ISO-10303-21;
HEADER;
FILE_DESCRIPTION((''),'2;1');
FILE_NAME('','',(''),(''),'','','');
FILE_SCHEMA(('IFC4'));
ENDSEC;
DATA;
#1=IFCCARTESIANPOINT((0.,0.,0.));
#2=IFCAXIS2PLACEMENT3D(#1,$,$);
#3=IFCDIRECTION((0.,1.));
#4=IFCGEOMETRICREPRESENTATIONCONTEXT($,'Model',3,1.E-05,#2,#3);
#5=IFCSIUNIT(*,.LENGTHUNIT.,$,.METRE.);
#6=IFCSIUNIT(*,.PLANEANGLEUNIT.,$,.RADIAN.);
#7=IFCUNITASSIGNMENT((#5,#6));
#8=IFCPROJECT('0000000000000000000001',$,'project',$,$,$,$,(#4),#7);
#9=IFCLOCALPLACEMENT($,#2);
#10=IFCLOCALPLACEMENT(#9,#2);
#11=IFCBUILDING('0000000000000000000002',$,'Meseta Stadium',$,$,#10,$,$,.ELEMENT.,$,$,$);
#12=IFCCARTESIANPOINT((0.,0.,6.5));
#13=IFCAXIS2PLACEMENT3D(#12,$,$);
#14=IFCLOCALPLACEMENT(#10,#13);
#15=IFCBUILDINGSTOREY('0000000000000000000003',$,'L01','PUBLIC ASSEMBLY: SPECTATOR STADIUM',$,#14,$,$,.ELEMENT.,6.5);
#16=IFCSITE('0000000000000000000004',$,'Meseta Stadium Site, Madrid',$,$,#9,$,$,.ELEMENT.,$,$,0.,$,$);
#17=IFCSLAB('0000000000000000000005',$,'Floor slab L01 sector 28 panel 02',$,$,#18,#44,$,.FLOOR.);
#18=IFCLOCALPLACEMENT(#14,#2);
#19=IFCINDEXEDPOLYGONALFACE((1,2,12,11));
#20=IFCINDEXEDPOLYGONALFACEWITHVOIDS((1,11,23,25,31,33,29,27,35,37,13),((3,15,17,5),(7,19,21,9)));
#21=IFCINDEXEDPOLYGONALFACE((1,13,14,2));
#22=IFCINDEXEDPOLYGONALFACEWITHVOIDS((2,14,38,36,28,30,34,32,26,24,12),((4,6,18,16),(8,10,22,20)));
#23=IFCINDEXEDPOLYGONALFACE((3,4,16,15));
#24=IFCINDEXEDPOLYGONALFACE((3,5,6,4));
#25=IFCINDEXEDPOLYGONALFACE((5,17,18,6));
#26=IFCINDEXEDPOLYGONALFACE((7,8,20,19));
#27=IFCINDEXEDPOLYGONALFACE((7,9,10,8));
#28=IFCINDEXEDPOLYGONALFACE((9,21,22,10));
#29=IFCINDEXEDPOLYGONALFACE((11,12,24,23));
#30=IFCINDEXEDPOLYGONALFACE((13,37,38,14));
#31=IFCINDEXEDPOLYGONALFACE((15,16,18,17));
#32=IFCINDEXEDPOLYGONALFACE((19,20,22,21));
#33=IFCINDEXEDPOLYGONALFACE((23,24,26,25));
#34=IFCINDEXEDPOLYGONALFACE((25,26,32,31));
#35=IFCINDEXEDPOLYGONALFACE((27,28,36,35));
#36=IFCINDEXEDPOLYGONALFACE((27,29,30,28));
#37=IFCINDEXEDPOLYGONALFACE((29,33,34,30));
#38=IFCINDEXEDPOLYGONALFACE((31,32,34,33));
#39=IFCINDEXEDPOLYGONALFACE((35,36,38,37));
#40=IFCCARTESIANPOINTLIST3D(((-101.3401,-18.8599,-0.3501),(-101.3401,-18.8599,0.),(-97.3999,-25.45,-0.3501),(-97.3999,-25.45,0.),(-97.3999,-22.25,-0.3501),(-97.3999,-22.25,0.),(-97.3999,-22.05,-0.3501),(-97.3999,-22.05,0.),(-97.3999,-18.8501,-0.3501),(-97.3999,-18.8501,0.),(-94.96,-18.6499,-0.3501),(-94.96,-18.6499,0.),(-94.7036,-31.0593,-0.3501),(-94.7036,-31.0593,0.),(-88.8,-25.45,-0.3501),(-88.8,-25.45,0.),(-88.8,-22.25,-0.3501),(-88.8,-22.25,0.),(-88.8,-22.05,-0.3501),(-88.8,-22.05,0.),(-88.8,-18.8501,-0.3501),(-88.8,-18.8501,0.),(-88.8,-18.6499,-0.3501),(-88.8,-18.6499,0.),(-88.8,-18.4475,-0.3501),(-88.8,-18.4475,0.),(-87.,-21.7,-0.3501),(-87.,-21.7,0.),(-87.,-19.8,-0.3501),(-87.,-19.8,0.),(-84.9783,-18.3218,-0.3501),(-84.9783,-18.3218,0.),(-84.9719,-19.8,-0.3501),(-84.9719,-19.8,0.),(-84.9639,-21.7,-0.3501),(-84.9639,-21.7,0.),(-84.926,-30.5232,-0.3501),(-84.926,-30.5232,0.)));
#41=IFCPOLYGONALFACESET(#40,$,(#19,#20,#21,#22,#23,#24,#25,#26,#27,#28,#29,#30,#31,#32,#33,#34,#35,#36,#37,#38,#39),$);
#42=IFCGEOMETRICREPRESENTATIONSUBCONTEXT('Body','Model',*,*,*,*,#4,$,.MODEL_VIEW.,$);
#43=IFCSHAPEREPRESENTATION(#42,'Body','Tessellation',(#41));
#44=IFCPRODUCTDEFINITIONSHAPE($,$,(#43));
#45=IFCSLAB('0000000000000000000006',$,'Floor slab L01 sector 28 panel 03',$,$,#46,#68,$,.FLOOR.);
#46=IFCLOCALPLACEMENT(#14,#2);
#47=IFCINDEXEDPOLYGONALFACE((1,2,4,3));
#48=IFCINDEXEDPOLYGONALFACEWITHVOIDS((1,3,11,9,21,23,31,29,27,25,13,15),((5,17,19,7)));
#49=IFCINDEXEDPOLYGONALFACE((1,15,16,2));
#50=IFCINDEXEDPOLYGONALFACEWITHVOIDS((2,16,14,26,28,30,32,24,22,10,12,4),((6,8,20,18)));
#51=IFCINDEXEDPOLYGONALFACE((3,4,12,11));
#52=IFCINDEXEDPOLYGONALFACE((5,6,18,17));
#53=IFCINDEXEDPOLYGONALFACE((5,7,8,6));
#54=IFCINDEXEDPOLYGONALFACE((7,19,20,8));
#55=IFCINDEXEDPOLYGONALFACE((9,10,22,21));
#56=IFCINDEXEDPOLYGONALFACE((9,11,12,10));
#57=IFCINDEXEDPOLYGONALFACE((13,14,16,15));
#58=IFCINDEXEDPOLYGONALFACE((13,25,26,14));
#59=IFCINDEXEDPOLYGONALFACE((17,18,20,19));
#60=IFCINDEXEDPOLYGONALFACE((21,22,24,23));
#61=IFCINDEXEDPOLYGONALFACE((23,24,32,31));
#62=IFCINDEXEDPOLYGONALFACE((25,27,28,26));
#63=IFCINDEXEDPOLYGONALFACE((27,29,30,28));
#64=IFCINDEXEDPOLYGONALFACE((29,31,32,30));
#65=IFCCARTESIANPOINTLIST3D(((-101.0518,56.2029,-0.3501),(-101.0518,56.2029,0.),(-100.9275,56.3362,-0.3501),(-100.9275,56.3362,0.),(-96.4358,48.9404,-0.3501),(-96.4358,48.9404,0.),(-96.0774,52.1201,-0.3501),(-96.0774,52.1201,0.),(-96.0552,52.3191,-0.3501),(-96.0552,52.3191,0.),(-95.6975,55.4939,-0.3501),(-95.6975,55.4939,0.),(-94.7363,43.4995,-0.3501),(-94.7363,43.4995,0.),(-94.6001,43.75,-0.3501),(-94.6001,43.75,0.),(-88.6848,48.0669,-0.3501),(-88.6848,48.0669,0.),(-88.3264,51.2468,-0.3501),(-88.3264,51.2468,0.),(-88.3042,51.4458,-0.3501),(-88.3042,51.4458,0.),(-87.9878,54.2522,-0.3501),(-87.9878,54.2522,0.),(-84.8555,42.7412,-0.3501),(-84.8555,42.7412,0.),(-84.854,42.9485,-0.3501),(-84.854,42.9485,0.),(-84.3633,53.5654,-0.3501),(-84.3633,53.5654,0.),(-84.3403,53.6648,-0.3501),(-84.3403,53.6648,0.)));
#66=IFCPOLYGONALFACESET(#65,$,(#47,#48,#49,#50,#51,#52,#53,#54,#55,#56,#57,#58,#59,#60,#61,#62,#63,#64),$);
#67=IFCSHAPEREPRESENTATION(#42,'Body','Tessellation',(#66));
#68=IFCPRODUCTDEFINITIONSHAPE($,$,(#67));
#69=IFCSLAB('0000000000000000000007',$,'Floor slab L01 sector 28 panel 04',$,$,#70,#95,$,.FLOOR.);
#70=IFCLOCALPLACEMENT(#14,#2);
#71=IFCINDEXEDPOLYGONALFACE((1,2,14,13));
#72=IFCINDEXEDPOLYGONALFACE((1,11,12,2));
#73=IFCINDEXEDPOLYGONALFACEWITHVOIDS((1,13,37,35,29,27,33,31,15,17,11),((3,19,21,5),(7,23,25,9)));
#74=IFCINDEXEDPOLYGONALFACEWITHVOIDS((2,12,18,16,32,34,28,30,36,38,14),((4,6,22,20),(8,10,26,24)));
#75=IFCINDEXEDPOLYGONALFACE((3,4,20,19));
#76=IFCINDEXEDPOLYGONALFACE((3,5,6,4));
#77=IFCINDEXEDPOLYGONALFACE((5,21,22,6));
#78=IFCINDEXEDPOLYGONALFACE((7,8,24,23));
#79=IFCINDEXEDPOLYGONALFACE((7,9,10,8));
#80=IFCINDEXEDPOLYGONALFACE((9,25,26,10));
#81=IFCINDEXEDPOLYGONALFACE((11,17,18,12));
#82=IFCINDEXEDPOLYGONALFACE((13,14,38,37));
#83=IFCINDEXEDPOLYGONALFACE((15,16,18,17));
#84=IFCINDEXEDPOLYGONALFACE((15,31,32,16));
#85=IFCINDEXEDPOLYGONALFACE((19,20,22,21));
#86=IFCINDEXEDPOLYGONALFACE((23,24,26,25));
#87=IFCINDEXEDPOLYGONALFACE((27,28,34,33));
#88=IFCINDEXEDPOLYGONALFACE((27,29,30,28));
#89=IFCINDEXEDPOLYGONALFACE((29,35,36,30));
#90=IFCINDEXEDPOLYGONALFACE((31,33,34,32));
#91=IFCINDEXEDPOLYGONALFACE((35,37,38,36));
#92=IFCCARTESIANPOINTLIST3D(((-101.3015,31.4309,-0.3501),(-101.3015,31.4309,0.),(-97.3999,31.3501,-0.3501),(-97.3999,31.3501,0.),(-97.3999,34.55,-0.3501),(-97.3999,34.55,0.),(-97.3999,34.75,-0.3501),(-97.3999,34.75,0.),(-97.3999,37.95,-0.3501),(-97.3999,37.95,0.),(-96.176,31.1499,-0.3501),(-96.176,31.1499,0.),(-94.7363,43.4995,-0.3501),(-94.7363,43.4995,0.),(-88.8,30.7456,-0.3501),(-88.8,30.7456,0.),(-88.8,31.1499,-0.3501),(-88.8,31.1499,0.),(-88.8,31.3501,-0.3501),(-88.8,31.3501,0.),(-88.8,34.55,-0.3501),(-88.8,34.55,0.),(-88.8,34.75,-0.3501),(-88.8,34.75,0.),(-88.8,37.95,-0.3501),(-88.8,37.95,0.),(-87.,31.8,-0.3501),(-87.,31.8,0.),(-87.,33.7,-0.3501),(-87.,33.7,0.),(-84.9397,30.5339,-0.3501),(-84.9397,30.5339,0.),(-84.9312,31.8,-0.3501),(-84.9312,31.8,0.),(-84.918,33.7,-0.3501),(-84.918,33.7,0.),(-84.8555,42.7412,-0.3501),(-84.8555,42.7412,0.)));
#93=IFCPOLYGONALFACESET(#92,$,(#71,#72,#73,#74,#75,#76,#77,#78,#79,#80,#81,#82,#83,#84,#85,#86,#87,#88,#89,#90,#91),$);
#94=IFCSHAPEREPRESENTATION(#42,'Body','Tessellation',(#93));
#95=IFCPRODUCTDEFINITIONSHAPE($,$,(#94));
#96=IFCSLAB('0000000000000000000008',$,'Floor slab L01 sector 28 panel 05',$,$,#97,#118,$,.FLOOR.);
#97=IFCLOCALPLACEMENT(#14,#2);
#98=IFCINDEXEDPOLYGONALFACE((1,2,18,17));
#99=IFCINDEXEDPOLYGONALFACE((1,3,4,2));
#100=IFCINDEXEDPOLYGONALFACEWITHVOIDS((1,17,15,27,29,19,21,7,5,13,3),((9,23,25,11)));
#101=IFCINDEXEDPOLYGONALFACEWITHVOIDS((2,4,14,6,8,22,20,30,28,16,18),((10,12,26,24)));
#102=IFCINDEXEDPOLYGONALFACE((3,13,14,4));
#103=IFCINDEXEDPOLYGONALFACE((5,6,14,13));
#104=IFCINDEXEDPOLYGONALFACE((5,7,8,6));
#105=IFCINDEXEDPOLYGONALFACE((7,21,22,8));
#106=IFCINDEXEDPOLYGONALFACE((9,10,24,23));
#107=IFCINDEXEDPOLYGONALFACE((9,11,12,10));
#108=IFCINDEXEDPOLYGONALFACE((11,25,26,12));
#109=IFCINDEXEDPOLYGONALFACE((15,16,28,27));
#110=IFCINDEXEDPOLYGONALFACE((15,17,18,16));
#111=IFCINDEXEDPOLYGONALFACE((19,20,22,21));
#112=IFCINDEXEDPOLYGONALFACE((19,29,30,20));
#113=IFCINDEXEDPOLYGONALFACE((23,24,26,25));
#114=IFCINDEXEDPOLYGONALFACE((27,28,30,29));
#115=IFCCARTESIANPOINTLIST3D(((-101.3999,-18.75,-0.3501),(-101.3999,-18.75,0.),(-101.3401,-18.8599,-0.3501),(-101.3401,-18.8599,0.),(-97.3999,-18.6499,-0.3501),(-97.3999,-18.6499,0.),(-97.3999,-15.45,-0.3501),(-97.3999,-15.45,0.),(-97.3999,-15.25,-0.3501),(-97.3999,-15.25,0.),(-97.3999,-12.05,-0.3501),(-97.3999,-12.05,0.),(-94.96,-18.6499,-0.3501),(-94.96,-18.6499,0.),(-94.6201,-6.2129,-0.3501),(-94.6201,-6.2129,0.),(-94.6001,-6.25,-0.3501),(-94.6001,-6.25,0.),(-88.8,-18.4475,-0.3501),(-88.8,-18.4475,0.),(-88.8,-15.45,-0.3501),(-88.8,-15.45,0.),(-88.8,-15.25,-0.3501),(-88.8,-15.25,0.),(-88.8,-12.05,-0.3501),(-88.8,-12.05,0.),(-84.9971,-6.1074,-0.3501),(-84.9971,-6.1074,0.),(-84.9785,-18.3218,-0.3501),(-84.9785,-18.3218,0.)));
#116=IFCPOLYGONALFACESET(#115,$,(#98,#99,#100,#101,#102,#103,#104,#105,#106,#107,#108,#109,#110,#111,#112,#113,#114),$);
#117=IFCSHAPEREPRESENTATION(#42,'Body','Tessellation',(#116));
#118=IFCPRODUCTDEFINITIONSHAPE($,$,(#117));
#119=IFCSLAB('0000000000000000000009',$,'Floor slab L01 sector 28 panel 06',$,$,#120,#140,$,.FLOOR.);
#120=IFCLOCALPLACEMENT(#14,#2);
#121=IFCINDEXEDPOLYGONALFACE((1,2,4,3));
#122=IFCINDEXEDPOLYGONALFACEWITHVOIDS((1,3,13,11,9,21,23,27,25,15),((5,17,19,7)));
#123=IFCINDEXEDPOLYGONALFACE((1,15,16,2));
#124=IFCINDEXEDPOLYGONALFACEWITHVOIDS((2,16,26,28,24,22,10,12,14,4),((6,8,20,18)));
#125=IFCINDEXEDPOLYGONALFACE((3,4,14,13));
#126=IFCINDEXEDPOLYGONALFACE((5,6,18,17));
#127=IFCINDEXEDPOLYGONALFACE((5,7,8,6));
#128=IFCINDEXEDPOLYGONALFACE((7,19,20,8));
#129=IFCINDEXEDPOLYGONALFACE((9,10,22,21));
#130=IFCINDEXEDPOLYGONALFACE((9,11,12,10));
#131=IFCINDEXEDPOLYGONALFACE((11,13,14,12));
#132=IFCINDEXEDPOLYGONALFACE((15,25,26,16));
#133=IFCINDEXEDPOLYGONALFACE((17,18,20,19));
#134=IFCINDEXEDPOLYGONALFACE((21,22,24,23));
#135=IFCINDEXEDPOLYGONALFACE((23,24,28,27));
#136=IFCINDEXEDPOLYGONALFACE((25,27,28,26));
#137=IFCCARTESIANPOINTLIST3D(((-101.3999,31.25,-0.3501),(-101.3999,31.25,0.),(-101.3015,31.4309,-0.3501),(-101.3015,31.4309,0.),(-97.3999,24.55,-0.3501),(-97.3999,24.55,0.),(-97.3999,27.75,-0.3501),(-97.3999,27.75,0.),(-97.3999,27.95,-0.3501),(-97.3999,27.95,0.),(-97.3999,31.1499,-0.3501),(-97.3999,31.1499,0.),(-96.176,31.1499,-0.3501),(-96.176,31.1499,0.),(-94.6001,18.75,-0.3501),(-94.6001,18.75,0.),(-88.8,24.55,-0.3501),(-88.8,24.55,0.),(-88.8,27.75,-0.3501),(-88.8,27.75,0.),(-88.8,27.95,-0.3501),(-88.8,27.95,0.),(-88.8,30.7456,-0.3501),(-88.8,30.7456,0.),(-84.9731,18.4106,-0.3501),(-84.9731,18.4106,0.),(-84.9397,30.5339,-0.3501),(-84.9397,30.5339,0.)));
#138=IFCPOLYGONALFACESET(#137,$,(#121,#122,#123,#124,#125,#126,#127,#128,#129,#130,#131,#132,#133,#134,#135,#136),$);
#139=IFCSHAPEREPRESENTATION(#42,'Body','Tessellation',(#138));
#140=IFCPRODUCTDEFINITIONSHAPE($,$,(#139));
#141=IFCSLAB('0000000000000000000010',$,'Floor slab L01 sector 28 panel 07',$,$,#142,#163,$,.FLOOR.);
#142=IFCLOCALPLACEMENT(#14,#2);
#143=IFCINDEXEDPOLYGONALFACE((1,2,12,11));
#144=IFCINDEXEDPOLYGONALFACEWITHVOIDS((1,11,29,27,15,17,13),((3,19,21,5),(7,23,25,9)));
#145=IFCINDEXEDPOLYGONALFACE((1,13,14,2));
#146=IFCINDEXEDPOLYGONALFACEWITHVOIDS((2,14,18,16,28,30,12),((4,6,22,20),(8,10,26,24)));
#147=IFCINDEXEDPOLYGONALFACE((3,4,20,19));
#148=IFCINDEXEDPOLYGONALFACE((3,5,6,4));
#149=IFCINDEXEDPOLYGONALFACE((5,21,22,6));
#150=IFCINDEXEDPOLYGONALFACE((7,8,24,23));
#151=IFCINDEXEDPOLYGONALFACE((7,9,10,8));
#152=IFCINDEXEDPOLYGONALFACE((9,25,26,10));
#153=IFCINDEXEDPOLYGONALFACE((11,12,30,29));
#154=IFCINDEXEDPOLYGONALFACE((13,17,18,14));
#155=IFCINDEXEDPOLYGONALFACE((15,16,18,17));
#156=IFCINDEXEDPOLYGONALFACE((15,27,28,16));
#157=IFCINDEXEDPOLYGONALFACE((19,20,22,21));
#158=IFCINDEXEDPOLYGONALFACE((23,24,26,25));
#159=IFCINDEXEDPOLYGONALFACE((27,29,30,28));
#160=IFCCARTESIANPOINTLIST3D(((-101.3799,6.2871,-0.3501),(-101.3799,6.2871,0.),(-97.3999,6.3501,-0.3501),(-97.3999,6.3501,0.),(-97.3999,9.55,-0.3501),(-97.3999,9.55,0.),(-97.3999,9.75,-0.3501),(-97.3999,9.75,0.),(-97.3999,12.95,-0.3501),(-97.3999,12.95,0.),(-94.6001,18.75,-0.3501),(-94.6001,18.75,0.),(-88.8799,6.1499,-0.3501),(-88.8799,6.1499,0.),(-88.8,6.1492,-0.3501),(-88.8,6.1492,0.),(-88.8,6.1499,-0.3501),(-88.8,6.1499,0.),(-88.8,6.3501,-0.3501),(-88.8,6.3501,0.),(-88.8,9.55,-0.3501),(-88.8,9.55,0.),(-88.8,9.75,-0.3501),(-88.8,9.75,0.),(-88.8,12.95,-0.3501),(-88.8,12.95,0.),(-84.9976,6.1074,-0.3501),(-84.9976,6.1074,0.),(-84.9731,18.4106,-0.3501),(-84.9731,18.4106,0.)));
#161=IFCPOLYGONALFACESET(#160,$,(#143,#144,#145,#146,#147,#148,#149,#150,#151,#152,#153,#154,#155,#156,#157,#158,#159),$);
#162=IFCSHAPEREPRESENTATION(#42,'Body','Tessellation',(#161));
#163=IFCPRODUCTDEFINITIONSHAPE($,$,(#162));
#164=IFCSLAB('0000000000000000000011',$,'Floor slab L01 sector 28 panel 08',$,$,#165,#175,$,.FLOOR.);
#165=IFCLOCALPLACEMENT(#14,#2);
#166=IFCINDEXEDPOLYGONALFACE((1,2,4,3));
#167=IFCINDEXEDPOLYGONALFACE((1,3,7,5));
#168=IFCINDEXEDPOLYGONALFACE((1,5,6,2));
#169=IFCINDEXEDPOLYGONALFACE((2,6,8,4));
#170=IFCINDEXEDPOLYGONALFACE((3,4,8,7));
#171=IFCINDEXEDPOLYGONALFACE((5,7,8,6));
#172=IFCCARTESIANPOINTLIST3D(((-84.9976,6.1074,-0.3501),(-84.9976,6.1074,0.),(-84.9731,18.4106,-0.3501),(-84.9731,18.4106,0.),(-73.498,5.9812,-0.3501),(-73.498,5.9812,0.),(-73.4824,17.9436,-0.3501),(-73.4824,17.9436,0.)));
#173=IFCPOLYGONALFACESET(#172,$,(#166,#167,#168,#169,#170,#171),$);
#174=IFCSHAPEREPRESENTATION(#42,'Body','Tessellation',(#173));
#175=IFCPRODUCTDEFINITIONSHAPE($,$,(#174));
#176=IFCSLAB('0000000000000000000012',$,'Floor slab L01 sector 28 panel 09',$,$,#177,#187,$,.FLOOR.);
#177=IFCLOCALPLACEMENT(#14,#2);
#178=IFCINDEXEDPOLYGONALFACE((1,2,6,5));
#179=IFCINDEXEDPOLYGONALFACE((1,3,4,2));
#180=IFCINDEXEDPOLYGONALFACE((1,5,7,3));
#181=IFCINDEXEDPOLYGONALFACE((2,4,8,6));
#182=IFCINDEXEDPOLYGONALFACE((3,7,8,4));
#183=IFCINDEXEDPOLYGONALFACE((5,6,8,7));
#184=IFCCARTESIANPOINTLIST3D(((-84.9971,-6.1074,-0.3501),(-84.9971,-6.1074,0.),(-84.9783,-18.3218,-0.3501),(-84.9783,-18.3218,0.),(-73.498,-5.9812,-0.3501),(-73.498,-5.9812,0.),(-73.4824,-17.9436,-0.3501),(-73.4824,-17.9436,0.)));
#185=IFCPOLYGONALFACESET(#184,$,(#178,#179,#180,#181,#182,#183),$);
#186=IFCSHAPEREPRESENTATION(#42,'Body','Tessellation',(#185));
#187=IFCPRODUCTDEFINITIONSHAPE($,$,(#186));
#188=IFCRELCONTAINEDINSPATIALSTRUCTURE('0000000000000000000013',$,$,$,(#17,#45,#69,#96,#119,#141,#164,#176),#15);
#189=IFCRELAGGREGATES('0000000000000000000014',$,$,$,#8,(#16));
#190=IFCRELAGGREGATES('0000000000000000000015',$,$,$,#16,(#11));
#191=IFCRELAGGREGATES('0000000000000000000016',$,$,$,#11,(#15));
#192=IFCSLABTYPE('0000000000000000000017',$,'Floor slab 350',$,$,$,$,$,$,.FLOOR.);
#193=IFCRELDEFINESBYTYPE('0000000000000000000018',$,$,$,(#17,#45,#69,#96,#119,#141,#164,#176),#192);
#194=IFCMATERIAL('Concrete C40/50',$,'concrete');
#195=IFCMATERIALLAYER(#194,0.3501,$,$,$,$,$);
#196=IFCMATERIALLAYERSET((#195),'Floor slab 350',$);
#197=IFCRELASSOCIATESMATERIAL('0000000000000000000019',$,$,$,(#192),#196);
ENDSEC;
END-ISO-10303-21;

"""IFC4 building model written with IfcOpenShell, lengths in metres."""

from ifc_helpers import new_model, si_unit, direction, frame, origin, place, context, subcontext, project, spatial, polyline, outline, extrude, material, layer, layer_set, type_object, element, save


model = new_model("IFC4")

# Units and contexts
model_context = context("Model", 3, precision=1e-05, world=origin(), true_north=direction((0.0, 1.0)))
body_context = subcontext(model_context, "Body", "Model", "MODEL_VIEW")
ifc_project = project(units=[si_unit("LENGTHUNIT", "METRE"), si_unit("PLANEANGLEUNIT", "RADIAN")], contexts=[model_context])

# Site, building, storey
site_placement = place(None, origin())
site = spatial("IfcSite", under=ifc_project, at=site_placement, Name="Meseta Stadium Site, Madrid", CompositionType="ELEMENT", RefElevation=0.0)
building_placement = place(site_placement, origin())
building = spatial("IfcBuilding", under=site, at=building_placement, Name="Meseta Stadium", CompositionType="ELEMENT")
storey_placement = place(building_placement, frame((0.0, 0.0, 6.5)))
storey = spatial("IfcBuildingStorey", under=building, at=storey_placement, Name="L01", Description="PUBLIC ASSEMBLY: SPECTATOR STADIUM", CompositionType="ELEMENT", Elevation=6.5)

# Slabs
ifc_material = material(Name="Concrete C40/50", Category="concrete")
ifc_layer = layer(ifc_material, 0.3501)
ifc_layer_set = layer_set([ifc_layer], Name="Floor slab 350")
slab_type = type_object("IfcSlabType", Name="Floor slab 350", PredefinedType="FLOOR", material=ifc_layer_set)
slab_1_placement = place(storey_placement, frame((0.0, 0.0, -0.3501)))
element("IfcSlab", 1, at=slab_1_placement, inside=storey, type_object=slab_type, Name="Floor slab L01 sector 28 panel 02", PredefinedType="FLOOR", context=body_context, shape_type="SweptSolid", body=[
    extrude(outline(polyline([(-94.7036, -31.0593), (-84.926, -30.5232), (-84.9639, -21.7), (-87.0, -21.7), (-87.0, -19.8), (-84.9719, -19.8), (-84.9783, -18.3218), (-88.8, -18.4475), (-88.8, -18.6499), (-94.96, -18.6499), (-101.3401, -18.8599), (-94.7036, -31.0593)]), holes=[polyline([(-97.3999, -22.25), (-88.8, -22.25), (-88.8, -25.45), (-97.3999, -25.45), (-97.3999, -22.25)]), polyline([(-97.3999, -18.8501), (-88.8, -18.8501), (-88.8, -22.05), (-97.3999, -22.05), (-97.3999, -18.8501)])]), origin(), (0.0, 0.0, 1.0), 0.3501),
])
slab_2_placement = place(storey_placement, frame((0.0, 0.0, -0.3501)))
element("IfcSlab", 2, at=slab_2_placement, inside=storey, type_object=slab_type, Name="Floor slab L01 sector 28 panel 03", PredefinedType="FLOOR", context=body_context, shape_type="SweptSolid", body=[
    extrude(outline(polyline([(-87.9878, 54.2522), (-88.3042, 51.4458), (-96.0552, 52.3191), (-95.6975, 55.4939), (-100.9275, 56.3362), (-101.0518, 56.2029), (-94.6001, 43.75), (-94.7363, 43.4995), (-84.8555, 42.7412), (-84.854, 42.9485), (-84.3633, 53.5654), (-84.3403, 53.6648), (-87.9878, 54.2522)]), holes=[polyline([(-88.6848, 48.0669), (-96.4358, 48.9404), (-96.0774, 52.1201), (-88.3264, 51.2468), (-88.6848, 48.0669)])]), origin(), (0.0, 0.0, 1.0), 0.3501),
])
slab_3_placement = place(storey_placement, frame((0.0, 0.0, -0.3501)))
element("IfcSlab", 3, at=slab_3_placement, inside=storey, type_object=slab_type, Name="Floor slab L01 sector 28 panel 04", PredefinedType="FLOOR", context=body_context, shape_type="SweptSolid", body=[
    extrude(outline(polyline([(-84.8555, 42.7412), (-94.7363, 43.4995), (-101.3015, 31.4309), (-96.176, 31.1499), (-88.8, 31.1499), (-88.8, 30.7456), (-84.9397, 30.5339), (-84.9312, 31.8), (-87.0, 31.8), (-87.0, 33.7), (-84.918, 33.7), (-84.8555, 42.7412)]), holes=[polyline([(-88.8, 34.55), (-88.8, 31.3501), (-97.3999, 31.3501), (-97.3999, 34.55), (-88.8, 34.55)]), polyline([(-88.8, 37.95), (-88.8, 34.75), (-97.3999, 34.75), (-97.3999, 37.95), (-88.8, 37.95)])]), origin(), (0.0, 0.0, 1.0), 0.3501),
])
slab_4_placement = place(storey_placement, frame((0.0, 0.0, -0.3501)))
element("IfcSlab", 4, at=slab_4_placement, inside=storey, type_object=slab_type, Name="Floor slab L01 sector 28 panel 05", PredefinedType="FLOOR", context=body_context, shape_type="SweptSolid", body=[
    extrude(outline(polyline([(-84.9971, -6.1074), (-94.6201, -6.2129), (-94.6001, -6.25), (-101.3999, -18.75), (-101.3401, -18.8599), (-94.96, -18.6499), (-97.3999, -18.6499), (-97.3999, -15.45), (-88.8, -15.45), (-88.8, -18.4475), (-84.9785, -18.3218), (-84.9971, -6.1074)]), holes=[polyline([(-88.8, -12.05), (-88.8, -15.25), (-97.3999, -15.25), (-97.3999, -12.05), (-88.8, -12.05)])]), origin(), (0.0, 0.0, 1.0), 0.3501),
])
slab_5_placement = place(storey_placement, frame((0.0, 0.0, -0.3501)))
element("IfcSlab", 5, at=slab_5_placement, inside=storey, type_object=slab_type, Name="Floor slab L01 sector 28 panel 06", PredefinedType="FLOOR", context=body_context, shape_type="SweptSolid", body=[
    extrude(outline(polyline([(-96.176, 31.1499), (-101.3015, 31.4309), (-101.3999, 31.25), (-94.6001, 18.75), (-84.9731, 18.4106), (-84.9397, 30.5339), (-88.8, 30.7456), (-88.8, 27.95), (-97.3999, 27.95), (-97.3999, 31.1499), (-96.176, 31.1499)]), holes=[polyline([(-97.3999, 27.75), (-88.8, 27.75), (-88.8, 24.55), (-97.3999, 24.55), (-97.3999, 27.75)])]), origin(), (0.0, 0.0, 1.0), 0.3501),
])
slab_6_placement = place(storey_placement, frame((0.0, 0.0, -0.3501)))
element("IfcSlab", 6, at=slab_6_placement, inside=storey, type_object=slab_type, Name="Floor slab L01 sector 28 panel 07", PredefinedType="FLOOR", context=body_context, shape_type="SweptSolid", body=[
    extrude(outline(polyline([(-88.8, 6.1499), (-88.8, 6.1492), (-84.9976, 6.1074), (-84.9731, 18.4106), (-94.6001, 18.75), (-101.3799, 6.2871), (-88.8799, 6.1499), (-88.8, 6.1499)]), holes=[polyline([(-88.8, 6.3501), (-97.3999, 6.3501), (-97.3999, 9.55), (-88.8, 9.55), (-88.8, 6.3501)]), polyline([(-88.8, 9.75), (-97.3999, 9.75), (-97.3999, 12.95), (-88.8, 12.95), (-88.8, 9.75)])]), origin(), (0.0, 0.0, 1.0), 0.3501),
])
slab_7_placement = place(storey_placement, frame((0.0, 0.0, -0.3501)))
element("IfcSlab", 7, at=slab_7_placement, inside=storey, type_object=slab_type, Name="Floor slab L01 sector 28 panel 08", PredefinedType="FLOOR", context=body_context, shape_type="SweptSolid", body=[
    extrude(outline(polyline([(-73.4824, 17.9436), (-84.9731, 18.4106), (-84.9976, 6.1074), (-73.498, 5.9812), (-73.4824, 17.9436)])), origin(), (0.0, 0.0, 1.0), 0.3501),
])
slab_8_placement = place(storey_placement, frame((0.0, 0.0, -0.3501)))
element("IfcSlab", 8, at=slab_8_placement, inside=storey, type_object=slab_type, Name="Floor slab L01 sector 28 panel 09", PredefinedType="FLOOR", context=body_context, shape_type="SweptSolid", body=[
    extrude(outline(polyline([(-84.9783, -18.3218), (-73.4824, -17.9436), (-73.498, -5.9812), (-84.9971, -6.1074), (-84.9783, -18.3218)])), origin(), (0.0, 0.0, 1.0), 0.3501),
])

save(model, "model.ifc")
